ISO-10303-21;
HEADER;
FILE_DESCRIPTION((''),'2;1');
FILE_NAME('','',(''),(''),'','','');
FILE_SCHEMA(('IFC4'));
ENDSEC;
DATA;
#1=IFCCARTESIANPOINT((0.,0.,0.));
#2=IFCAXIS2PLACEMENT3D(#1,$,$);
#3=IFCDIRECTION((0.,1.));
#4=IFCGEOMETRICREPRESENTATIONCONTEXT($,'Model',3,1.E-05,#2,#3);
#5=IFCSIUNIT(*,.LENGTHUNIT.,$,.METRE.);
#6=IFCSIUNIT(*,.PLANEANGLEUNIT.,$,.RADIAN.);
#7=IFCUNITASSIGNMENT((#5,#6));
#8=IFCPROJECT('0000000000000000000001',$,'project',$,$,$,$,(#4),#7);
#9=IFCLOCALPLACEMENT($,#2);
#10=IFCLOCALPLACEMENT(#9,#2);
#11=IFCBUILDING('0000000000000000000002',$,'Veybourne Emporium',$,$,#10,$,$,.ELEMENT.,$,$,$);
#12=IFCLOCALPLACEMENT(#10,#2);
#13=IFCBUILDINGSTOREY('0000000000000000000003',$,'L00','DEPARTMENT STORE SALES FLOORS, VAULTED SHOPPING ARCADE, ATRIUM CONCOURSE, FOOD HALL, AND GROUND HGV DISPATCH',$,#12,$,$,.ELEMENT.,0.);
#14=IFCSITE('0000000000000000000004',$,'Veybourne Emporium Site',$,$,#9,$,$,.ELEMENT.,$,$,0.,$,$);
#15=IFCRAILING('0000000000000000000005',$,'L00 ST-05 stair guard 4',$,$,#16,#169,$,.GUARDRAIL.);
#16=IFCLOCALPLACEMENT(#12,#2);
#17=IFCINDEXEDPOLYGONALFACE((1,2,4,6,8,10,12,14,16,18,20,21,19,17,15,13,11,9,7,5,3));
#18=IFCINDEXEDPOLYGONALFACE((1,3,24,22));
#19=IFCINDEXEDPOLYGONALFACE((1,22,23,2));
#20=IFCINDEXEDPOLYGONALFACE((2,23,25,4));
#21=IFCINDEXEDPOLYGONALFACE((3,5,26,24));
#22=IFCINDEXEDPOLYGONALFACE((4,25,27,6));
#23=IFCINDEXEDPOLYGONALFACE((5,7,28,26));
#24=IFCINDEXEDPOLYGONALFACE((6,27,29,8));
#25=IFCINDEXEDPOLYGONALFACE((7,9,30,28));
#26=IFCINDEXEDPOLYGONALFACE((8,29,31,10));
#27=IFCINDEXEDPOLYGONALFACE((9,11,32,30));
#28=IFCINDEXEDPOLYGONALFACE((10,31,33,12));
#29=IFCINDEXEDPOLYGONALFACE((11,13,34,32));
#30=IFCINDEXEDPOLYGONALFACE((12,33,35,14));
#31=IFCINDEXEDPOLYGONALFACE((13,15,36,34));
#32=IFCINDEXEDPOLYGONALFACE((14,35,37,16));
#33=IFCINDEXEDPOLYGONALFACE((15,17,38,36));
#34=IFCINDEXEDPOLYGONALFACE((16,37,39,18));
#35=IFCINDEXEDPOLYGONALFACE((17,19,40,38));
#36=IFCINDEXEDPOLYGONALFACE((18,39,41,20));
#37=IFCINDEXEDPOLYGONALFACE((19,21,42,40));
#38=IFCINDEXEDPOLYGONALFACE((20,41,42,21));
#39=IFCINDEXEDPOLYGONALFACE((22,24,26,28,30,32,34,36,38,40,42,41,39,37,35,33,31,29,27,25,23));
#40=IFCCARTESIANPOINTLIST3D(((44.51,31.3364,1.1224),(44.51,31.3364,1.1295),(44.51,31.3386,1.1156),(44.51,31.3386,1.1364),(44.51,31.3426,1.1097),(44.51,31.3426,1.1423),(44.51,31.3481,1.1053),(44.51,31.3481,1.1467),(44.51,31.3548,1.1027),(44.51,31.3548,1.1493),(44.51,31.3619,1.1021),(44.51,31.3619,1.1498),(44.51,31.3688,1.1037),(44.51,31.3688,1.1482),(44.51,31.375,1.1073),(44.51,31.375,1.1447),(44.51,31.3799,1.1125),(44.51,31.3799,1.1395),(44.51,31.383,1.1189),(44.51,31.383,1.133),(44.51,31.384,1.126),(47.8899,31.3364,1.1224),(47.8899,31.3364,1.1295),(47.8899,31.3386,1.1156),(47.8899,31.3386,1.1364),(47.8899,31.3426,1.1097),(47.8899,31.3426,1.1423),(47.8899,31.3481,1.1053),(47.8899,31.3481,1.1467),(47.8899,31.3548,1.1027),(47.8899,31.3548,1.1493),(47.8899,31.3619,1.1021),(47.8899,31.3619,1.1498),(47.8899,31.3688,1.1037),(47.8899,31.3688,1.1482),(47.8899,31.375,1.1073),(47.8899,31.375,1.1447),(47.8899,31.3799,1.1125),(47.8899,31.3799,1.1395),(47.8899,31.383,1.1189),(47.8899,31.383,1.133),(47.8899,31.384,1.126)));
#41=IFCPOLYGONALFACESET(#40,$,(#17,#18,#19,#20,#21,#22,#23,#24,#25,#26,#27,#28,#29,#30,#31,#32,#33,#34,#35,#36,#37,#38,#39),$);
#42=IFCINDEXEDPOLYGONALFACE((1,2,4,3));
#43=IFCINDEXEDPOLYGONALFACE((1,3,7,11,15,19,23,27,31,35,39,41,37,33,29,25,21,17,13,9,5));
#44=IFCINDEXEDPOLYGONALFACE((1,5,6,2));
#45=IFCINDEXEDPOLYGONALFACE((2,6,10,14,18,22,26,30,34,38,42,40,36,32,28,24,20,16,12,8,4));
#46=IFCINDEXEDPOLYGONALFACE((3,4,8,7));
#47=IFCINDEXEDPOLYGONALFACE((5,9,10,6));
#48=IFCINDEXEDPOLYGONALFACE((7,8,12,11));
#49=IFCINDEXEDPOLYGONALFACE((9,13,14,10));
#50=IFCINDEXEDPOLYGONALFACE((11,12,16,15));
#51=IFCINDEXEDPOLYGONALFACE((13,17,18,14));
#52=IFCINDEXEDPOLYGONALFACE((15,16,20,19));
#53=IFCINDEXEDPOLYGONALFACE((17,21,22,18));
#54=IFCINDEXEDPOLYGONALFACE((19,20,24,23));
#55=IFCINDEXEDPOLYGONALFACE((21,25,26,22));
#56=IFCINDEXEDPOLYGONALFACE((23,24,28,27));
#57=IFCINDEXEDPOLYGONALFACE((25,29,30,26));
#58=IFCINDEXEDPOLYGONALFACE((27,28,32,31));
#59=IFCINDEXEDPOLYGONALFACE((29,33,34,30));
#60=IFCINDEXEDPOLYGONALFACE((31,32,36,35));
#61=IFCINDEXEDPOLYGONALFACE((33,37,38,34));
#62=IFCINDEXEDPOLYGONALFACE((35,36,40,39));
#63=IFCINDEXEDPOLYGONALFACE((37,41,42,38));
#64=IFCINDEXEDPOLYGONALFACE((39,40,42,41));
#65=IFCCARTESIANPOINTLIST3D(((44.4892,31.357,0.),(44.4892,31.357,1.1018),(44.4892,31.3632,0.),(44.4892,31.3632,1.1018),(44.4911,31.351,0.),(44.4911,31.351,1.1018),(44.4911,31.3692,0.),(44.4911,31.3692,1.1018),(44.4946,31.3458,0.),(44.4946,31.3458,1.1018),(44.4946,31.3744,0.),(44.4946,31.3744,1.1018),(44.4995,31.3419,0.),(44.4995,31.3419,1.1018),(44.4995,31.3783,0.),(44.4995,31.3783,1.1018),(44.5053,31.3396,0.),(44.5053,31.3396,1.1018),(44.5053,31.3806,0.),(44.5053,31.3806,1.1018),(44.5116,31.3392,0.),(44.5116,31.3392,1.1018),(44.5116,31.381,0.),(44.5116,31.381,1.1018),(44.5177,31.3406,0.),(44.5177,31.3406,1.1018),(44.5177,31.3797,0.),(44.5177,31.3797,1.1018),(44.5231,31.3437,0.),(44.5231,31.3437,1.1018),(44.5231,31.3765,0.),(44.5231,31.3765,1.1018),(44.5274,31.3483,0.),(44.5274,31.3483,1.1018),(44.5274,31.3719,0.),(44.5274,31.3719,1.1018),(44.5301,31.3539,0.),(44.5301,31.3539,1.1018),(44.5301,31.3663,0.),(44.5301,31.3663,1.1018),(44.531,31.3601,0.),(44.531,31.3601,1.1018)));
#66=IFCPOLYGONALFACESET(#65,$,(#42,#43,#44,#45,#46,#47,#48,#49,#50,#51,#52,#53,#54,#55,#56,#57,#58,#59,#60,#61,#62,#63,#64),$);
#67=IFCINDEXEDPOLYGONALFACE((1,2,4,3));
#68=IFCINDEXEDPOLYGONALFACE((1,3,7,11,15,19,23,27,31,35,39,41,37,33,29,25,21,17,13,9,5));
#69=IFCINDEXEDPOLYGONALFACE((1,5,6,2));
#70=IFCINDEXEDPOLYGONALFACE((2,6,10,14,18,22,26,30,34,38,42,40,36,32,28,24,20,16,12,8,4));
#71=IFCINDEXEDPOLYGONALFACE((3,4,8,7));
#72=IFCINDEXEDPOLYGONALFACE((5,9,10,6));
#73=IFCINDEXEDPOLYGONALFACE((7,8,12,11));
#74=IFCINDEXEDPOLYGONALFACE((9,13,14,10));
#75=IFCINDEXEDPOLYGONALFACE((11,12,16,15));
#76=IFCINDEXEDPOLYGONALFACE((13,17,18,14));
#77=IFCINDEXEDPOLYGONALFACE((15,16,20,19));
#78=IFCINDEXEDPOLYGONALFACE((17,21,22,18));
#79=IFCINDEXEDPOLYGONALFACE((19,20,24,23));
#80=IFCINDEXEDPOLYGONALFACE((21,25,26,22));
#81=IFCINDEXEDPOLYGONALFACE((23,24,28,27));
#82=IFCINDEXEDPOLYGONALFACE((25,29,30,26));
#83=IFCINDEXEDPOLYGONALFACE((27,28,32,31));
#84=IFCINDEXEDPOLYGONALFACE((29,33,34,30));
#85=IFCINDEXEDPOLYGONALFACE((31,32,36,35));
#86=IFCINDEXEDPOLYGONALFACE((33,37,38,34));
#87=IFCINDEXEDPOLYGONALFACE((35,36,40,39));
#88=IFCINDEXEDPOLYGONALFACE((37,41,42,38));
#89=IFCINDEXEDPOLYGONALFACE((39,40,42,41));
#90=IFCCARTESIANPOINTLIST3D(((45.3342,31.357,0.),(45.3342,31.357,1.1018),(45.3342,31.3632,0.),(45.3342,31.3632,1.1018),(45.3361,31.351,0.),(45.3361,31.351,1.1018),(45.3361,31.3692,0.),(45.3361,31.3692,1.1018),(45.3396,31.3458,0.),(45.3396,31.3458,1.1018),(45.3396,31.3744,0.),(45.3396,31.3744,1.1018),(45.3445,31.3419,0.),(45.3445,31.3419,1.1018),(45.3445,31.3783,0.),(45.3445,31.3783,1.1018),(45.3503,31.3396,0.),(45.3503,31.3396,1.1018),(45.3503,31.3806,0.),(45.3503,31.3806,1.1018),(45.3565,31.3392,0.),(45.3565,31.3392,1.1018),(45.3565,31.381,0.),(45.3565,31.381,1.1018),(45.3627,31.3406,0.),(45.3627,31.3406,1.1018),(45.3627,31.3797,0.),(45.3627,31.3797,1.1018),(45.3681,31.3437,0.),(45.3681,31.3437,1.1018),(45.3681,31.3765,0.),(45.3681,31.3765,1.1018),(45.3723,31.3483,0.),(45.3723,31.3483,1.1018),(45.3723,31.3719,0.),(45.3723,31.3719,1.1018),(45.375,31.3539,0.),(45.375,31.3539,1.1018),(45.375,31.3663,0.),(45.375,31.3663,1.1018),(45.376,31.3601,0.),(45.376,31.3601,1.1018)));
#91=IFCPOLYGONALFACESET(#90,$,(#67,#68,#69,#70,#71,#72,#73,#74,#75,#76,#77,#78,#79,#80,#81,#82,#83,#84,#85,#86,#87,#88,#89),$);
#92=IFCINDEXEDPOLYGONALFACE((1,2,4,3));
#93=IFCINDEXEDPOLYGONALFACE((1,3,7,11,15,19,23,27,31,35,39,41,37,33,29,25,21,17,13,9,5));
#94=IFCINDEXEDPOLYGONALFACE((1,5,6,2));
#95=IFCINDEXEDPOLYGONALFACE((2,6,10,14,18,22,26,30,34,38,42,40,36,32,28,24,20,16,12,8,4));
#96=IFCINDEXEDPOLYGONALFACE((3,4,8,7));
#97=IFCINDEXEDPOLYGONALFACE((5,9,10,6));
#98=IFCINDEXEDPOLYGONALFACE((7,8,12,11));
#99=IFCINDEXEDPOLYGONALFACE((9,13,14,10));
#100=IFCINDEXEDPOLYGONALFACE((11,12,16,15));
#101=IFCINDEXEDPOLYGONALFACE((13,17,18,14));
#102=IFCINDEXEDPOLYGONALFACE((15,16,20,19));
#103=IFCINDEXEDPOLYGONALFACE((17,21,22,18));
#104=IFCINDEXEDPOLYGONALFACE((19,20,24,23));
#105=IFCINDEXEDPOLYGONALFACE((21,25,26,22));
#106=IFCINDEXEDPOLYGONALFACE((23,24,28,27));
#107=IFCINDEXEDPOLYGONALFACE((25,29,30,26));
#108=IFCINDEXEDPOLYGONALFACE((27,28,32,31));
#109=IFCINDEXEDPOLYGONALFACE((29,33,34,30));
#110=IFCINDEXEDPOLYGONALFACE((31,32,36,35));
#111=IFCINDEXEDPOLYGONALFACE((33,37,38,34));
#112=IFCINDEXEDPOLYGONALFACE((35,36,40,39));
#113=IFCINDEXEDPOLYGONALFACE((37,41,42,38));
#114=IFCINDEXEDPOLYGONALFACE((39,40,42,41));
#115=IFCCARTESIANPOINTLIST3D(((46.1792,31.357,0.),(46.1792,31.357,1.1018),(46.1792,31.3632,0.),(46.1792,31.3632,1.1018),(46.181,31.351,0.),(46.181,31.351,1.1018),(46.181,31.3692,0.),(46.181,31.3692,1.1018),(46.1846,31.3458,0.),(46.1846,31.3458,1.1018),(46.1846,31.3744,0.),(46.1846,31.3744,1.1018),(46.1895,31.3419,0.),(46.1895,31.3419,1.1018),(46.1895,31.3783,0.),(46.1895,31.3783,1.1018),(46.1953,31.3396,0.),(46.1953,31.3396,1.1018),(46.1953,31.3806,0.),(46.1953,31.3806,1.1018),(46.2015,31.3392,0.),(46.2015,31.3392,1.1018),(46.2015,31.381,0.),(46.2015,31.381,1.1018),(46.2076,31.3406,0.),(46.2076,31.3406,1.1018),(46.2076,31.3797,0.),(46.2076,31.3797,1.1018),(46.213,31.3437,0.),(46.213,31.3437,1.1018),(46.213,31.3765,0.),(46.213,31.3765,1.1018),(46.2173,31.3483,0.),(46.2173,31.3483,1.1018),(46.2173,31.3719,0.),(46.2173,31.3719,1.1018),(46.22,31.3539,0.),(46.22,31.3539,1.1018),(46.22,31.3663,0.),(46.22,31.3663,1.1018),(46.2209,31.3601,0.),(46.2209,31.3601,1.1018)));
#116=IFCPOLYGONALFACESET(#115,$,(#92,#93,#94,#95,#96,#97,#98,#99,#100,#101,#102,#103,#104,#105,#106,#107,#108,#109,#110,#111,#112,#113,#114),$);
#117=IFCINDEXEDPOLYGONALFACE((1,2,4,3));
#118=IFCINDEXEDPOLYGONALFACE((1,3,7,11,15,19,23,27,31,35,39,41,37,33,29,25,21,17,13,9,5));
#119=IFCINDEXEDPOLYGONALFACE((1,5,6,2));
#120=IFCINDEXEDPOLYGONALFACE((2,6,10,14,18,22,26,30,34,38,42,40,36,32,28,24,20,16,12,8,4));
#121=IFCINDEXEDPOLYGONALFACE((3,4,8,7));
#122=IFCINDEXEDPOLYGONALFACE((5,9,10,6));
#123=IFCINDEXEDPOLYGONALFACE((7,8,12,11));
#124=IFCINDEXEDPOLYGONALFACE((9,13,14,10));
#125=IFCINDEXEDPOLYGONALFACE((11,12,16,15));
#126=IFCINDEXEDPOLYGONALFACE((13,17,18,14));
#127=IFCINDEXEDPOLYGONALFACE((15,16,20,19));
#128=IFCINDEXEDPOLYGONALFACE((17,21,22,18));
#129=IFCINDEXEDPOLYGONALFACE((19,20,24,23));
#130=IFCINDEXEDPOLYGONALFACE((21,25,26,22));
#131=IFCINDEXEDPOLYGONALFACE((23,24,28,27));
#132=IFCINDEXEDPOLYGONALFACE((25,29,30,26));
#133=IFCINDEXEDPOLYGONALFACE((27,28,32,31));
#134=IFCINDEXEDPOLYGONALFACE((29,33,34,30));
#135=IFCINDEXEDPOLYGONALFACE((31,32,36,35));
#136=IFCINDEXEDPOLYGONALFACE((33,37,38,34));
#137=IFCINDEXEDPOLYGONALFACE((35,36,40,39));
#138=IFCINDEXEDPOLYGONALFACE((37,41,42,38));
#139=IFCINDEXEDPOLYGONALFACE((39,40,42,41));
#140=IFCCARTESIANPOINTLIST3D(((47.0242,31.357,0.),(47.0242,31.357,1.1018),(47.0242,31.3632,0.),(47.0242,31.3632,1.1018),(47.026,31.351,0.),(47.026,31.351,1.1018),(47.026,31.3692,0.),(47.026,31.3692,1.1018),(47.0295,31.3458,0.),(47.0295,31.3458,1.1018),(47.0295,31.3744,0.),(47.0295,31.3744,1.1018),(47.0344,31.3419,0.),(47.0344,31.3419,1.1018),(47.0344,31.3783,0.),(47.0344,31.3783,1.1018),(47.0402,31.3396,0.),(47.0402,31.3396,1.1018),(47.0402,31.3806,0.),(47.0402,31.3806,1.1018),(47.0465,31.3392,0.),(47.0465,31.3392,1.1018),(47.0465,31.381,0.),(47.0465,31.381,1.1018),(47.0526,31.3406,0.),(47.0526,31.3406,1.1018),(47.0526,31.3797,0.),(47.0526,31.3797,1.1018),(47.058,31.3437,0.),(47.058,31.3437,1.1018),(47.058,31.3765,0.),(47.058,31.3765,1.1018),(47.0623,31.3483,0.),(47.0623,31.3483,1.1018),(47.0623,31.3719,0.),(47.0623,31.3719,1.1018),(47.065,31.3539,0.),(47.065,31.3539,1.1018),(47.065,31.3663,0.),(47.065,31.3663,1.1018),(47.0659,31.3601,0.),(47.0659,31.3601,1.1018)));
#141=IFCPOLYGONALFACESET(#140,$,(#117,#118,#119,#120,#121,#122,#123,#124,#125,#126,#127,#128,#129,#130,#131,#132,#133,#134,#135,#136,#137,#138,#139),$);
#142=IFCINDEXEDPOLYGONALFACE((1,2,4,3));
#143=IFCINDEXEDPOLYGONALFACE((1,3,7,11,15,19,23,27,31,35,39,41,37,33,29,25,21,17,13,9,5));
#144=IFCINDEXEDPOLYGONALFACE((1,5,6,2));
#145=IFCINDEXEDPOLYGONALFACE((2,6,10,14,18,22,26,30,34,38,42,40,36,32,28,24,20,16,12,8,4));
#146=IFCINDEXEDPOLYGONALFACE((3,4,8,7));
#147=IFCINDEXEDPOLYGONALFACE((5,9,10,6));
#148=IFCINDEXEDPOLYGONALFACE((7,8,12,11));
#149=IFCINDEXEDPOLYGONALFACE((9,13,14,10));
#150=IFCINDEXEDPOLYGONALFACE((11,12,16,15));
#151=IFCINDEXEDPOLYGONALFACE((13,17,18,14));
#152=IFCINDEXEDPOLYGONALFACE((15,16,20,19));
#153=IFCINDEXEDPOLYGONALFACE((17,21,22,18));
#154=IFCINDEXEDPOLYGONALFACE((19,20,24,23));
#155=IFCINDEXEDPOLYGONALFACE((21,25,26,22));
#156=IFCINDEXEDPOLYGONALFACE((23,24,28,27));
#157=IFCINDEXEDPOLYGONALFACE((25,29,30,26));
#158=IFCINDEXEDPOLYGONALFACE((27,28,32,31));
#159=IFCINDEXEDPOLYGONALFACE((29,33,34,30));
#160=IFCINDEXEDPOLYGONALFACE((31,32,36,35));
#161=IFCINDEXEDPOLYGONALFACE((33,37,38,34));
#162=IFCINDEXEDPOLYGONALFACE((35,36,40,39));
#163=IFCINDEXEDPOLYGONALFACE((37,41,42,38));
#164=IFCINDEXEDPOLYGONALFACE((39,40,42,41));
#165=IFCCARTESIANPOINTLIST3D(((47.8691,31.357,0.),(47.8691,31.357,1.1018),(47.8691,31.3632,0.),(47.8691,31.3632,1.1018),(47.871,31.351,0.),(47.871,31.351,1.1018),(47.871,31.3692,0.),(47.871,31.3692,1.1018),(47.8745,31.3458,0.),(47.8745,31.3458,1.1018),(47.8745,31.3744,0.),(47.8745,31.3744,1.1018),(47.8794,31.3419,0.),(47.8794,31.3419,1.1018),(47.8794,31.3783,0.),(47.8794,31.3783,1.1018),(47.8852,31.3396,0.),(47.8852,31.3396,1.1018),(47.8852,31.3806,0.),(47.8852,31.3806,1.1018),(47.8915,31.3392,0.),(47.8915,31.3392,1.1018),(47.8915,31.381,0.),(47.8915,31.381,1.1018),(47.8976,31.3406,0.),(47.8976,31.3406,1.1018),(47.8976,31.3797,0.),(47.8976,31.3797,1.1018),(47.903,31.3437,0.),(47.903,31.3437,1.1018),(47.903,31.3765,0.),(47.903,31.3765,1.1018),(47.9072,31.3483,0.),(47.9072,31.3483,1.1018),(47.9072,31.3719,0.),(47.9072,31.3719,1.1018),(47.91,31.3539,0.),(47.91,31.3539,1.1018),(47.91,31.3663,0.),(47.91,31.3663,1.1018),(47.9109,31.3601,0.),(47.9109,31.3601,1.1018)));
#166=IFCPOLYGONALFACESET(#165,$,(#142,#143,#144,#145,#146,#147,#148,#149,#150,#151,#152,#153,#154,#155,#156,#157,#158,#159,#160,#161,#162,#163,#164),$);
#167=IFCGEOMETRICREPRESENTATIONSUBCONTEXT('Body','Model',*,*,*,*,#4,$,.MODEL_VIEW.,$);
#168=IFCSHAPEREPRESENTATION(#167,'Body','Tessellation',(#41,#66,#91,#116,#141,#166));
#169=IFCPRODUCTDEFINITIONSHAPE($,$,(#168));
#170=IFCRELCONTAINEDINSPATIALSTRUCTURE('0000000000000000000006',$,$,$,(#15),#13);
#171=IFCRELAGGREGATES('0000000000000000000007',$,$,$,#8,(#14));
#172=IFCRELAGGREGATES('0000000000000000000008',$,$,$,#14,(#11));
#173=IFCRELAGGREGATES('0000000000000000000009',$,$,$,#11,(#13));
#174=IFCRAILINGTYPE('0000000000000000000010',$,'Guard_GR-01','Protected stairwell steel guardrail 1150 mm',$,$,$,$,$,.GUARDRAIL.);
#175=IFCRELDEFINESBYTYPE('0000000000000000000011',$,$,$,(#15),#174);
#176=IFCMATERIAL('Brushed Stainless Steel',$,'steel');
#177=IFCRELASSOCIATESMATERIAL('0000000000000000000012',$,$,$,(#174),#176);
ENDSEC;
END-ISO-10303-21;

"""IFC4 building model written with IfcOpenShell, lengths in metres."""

from ifc_helpers import new_model, si_unit, direction, frame, origin, origin_2d, place, context, subcontext, project, spatial, circle, extrude, material, type_object, element, save


model = new_model("IFC4")

# Units and contexts
model_context = context("Model", 3, precision=1e-05, world=origin(), true_north=direction((0.0, 1.0)))
body_context = subcontext(model_context, "Body", "Model", "MODEL_VIEW")
ifc_project = project(units=[si_unit("LENGTHUNIT", "METRE"), si_unit("PLANEANGLEUNIT", "RADIAN")], contexts=[model_context])

# Site, building, storey
site_placement = place(None, origin())
site = spatial("IfcSite", under=ifc_project, at=site_placement, Name="Veybourne Emporium Site", CompositionType="ELEMENT", RefElevation=0.0)
building_placement = place(site_placement, origin())
building = spatial("IfcBuilding", under=site, at=building_placement, Name="Veybourne Emporium", CompositionType="ELEMENT")
storey_placement = place(building_placement, origin())
storey = spatial("IfcBuildingStorey", under=building, at=storey_placement, Name="L00", Description="DEPARTMENT STORE SALES FLOORS, VAULTED SHOPPING ARCADE, ATRIUM CONCOURSE, FOOD HALL, AND GROUND HGV DISPATCH", CompositionType="ELEMENT", Elevation=0.0)

# Railing
ifc_material_1 = material(Name="Brushed Stainless Steel", Category="steel")
railing_type_1 = type_object("IfcRailingType", Name="Guard_GR-01", Description="Protected stairwell steel guardrail 1150 mm", PredefinedType="GUARDRAIL", material=ifc_material_1)
railing_1_placement = place(storey_placement, frame((44.51, 31.3601, 0.0)))
element("IfcRailing", 1, at=railing_1_placement, inside=storey, type_object=railing_type_1, Name="L00 ST-05 stair guard 4", PredefinedType="GUARDRAIL", context=body_context, shape_type="SweptSolid", body=[
    extrude(circle(Radius=0.0239, at=origin_2d()), frame((0.0, 0.0, 1.126), z_axis=(1.0, 0.0, 0.0), x_axis=(0.0, 1.0, 0.0)), (0.0, 0.0, 1.0), 3.3799),
    extrude(circle(Radius=0.021, at=origin_2d()), origin(), (0.0, 0.0, 1.0), 1.1018),
    extrude(circle(Radius=0.021, at=origin_2d()), frame((0.845, 0.0, 0.0)), (0.0, 0.0, 1.0), 1.1018),
    extrude(circle(Radius=0.021, at=origin_2d()), frame((1.6899, 0.0, 0.0)), (0.0, 0.0, 1.0), 1.1018),
    extrude(circle(Radius=0.021, at=origin_2d()), frame((2.5349, 0.0, 0.0)), (0.0, 0.0, 1.0), 1.1018),
    extrude(circle(Radius=0.021, at=origin_2d()), frame((3.3799, 0.0, 0.0)), (0.0, 0.0, 1.0), 1.1018),
])

save(model, "model.ifc")
